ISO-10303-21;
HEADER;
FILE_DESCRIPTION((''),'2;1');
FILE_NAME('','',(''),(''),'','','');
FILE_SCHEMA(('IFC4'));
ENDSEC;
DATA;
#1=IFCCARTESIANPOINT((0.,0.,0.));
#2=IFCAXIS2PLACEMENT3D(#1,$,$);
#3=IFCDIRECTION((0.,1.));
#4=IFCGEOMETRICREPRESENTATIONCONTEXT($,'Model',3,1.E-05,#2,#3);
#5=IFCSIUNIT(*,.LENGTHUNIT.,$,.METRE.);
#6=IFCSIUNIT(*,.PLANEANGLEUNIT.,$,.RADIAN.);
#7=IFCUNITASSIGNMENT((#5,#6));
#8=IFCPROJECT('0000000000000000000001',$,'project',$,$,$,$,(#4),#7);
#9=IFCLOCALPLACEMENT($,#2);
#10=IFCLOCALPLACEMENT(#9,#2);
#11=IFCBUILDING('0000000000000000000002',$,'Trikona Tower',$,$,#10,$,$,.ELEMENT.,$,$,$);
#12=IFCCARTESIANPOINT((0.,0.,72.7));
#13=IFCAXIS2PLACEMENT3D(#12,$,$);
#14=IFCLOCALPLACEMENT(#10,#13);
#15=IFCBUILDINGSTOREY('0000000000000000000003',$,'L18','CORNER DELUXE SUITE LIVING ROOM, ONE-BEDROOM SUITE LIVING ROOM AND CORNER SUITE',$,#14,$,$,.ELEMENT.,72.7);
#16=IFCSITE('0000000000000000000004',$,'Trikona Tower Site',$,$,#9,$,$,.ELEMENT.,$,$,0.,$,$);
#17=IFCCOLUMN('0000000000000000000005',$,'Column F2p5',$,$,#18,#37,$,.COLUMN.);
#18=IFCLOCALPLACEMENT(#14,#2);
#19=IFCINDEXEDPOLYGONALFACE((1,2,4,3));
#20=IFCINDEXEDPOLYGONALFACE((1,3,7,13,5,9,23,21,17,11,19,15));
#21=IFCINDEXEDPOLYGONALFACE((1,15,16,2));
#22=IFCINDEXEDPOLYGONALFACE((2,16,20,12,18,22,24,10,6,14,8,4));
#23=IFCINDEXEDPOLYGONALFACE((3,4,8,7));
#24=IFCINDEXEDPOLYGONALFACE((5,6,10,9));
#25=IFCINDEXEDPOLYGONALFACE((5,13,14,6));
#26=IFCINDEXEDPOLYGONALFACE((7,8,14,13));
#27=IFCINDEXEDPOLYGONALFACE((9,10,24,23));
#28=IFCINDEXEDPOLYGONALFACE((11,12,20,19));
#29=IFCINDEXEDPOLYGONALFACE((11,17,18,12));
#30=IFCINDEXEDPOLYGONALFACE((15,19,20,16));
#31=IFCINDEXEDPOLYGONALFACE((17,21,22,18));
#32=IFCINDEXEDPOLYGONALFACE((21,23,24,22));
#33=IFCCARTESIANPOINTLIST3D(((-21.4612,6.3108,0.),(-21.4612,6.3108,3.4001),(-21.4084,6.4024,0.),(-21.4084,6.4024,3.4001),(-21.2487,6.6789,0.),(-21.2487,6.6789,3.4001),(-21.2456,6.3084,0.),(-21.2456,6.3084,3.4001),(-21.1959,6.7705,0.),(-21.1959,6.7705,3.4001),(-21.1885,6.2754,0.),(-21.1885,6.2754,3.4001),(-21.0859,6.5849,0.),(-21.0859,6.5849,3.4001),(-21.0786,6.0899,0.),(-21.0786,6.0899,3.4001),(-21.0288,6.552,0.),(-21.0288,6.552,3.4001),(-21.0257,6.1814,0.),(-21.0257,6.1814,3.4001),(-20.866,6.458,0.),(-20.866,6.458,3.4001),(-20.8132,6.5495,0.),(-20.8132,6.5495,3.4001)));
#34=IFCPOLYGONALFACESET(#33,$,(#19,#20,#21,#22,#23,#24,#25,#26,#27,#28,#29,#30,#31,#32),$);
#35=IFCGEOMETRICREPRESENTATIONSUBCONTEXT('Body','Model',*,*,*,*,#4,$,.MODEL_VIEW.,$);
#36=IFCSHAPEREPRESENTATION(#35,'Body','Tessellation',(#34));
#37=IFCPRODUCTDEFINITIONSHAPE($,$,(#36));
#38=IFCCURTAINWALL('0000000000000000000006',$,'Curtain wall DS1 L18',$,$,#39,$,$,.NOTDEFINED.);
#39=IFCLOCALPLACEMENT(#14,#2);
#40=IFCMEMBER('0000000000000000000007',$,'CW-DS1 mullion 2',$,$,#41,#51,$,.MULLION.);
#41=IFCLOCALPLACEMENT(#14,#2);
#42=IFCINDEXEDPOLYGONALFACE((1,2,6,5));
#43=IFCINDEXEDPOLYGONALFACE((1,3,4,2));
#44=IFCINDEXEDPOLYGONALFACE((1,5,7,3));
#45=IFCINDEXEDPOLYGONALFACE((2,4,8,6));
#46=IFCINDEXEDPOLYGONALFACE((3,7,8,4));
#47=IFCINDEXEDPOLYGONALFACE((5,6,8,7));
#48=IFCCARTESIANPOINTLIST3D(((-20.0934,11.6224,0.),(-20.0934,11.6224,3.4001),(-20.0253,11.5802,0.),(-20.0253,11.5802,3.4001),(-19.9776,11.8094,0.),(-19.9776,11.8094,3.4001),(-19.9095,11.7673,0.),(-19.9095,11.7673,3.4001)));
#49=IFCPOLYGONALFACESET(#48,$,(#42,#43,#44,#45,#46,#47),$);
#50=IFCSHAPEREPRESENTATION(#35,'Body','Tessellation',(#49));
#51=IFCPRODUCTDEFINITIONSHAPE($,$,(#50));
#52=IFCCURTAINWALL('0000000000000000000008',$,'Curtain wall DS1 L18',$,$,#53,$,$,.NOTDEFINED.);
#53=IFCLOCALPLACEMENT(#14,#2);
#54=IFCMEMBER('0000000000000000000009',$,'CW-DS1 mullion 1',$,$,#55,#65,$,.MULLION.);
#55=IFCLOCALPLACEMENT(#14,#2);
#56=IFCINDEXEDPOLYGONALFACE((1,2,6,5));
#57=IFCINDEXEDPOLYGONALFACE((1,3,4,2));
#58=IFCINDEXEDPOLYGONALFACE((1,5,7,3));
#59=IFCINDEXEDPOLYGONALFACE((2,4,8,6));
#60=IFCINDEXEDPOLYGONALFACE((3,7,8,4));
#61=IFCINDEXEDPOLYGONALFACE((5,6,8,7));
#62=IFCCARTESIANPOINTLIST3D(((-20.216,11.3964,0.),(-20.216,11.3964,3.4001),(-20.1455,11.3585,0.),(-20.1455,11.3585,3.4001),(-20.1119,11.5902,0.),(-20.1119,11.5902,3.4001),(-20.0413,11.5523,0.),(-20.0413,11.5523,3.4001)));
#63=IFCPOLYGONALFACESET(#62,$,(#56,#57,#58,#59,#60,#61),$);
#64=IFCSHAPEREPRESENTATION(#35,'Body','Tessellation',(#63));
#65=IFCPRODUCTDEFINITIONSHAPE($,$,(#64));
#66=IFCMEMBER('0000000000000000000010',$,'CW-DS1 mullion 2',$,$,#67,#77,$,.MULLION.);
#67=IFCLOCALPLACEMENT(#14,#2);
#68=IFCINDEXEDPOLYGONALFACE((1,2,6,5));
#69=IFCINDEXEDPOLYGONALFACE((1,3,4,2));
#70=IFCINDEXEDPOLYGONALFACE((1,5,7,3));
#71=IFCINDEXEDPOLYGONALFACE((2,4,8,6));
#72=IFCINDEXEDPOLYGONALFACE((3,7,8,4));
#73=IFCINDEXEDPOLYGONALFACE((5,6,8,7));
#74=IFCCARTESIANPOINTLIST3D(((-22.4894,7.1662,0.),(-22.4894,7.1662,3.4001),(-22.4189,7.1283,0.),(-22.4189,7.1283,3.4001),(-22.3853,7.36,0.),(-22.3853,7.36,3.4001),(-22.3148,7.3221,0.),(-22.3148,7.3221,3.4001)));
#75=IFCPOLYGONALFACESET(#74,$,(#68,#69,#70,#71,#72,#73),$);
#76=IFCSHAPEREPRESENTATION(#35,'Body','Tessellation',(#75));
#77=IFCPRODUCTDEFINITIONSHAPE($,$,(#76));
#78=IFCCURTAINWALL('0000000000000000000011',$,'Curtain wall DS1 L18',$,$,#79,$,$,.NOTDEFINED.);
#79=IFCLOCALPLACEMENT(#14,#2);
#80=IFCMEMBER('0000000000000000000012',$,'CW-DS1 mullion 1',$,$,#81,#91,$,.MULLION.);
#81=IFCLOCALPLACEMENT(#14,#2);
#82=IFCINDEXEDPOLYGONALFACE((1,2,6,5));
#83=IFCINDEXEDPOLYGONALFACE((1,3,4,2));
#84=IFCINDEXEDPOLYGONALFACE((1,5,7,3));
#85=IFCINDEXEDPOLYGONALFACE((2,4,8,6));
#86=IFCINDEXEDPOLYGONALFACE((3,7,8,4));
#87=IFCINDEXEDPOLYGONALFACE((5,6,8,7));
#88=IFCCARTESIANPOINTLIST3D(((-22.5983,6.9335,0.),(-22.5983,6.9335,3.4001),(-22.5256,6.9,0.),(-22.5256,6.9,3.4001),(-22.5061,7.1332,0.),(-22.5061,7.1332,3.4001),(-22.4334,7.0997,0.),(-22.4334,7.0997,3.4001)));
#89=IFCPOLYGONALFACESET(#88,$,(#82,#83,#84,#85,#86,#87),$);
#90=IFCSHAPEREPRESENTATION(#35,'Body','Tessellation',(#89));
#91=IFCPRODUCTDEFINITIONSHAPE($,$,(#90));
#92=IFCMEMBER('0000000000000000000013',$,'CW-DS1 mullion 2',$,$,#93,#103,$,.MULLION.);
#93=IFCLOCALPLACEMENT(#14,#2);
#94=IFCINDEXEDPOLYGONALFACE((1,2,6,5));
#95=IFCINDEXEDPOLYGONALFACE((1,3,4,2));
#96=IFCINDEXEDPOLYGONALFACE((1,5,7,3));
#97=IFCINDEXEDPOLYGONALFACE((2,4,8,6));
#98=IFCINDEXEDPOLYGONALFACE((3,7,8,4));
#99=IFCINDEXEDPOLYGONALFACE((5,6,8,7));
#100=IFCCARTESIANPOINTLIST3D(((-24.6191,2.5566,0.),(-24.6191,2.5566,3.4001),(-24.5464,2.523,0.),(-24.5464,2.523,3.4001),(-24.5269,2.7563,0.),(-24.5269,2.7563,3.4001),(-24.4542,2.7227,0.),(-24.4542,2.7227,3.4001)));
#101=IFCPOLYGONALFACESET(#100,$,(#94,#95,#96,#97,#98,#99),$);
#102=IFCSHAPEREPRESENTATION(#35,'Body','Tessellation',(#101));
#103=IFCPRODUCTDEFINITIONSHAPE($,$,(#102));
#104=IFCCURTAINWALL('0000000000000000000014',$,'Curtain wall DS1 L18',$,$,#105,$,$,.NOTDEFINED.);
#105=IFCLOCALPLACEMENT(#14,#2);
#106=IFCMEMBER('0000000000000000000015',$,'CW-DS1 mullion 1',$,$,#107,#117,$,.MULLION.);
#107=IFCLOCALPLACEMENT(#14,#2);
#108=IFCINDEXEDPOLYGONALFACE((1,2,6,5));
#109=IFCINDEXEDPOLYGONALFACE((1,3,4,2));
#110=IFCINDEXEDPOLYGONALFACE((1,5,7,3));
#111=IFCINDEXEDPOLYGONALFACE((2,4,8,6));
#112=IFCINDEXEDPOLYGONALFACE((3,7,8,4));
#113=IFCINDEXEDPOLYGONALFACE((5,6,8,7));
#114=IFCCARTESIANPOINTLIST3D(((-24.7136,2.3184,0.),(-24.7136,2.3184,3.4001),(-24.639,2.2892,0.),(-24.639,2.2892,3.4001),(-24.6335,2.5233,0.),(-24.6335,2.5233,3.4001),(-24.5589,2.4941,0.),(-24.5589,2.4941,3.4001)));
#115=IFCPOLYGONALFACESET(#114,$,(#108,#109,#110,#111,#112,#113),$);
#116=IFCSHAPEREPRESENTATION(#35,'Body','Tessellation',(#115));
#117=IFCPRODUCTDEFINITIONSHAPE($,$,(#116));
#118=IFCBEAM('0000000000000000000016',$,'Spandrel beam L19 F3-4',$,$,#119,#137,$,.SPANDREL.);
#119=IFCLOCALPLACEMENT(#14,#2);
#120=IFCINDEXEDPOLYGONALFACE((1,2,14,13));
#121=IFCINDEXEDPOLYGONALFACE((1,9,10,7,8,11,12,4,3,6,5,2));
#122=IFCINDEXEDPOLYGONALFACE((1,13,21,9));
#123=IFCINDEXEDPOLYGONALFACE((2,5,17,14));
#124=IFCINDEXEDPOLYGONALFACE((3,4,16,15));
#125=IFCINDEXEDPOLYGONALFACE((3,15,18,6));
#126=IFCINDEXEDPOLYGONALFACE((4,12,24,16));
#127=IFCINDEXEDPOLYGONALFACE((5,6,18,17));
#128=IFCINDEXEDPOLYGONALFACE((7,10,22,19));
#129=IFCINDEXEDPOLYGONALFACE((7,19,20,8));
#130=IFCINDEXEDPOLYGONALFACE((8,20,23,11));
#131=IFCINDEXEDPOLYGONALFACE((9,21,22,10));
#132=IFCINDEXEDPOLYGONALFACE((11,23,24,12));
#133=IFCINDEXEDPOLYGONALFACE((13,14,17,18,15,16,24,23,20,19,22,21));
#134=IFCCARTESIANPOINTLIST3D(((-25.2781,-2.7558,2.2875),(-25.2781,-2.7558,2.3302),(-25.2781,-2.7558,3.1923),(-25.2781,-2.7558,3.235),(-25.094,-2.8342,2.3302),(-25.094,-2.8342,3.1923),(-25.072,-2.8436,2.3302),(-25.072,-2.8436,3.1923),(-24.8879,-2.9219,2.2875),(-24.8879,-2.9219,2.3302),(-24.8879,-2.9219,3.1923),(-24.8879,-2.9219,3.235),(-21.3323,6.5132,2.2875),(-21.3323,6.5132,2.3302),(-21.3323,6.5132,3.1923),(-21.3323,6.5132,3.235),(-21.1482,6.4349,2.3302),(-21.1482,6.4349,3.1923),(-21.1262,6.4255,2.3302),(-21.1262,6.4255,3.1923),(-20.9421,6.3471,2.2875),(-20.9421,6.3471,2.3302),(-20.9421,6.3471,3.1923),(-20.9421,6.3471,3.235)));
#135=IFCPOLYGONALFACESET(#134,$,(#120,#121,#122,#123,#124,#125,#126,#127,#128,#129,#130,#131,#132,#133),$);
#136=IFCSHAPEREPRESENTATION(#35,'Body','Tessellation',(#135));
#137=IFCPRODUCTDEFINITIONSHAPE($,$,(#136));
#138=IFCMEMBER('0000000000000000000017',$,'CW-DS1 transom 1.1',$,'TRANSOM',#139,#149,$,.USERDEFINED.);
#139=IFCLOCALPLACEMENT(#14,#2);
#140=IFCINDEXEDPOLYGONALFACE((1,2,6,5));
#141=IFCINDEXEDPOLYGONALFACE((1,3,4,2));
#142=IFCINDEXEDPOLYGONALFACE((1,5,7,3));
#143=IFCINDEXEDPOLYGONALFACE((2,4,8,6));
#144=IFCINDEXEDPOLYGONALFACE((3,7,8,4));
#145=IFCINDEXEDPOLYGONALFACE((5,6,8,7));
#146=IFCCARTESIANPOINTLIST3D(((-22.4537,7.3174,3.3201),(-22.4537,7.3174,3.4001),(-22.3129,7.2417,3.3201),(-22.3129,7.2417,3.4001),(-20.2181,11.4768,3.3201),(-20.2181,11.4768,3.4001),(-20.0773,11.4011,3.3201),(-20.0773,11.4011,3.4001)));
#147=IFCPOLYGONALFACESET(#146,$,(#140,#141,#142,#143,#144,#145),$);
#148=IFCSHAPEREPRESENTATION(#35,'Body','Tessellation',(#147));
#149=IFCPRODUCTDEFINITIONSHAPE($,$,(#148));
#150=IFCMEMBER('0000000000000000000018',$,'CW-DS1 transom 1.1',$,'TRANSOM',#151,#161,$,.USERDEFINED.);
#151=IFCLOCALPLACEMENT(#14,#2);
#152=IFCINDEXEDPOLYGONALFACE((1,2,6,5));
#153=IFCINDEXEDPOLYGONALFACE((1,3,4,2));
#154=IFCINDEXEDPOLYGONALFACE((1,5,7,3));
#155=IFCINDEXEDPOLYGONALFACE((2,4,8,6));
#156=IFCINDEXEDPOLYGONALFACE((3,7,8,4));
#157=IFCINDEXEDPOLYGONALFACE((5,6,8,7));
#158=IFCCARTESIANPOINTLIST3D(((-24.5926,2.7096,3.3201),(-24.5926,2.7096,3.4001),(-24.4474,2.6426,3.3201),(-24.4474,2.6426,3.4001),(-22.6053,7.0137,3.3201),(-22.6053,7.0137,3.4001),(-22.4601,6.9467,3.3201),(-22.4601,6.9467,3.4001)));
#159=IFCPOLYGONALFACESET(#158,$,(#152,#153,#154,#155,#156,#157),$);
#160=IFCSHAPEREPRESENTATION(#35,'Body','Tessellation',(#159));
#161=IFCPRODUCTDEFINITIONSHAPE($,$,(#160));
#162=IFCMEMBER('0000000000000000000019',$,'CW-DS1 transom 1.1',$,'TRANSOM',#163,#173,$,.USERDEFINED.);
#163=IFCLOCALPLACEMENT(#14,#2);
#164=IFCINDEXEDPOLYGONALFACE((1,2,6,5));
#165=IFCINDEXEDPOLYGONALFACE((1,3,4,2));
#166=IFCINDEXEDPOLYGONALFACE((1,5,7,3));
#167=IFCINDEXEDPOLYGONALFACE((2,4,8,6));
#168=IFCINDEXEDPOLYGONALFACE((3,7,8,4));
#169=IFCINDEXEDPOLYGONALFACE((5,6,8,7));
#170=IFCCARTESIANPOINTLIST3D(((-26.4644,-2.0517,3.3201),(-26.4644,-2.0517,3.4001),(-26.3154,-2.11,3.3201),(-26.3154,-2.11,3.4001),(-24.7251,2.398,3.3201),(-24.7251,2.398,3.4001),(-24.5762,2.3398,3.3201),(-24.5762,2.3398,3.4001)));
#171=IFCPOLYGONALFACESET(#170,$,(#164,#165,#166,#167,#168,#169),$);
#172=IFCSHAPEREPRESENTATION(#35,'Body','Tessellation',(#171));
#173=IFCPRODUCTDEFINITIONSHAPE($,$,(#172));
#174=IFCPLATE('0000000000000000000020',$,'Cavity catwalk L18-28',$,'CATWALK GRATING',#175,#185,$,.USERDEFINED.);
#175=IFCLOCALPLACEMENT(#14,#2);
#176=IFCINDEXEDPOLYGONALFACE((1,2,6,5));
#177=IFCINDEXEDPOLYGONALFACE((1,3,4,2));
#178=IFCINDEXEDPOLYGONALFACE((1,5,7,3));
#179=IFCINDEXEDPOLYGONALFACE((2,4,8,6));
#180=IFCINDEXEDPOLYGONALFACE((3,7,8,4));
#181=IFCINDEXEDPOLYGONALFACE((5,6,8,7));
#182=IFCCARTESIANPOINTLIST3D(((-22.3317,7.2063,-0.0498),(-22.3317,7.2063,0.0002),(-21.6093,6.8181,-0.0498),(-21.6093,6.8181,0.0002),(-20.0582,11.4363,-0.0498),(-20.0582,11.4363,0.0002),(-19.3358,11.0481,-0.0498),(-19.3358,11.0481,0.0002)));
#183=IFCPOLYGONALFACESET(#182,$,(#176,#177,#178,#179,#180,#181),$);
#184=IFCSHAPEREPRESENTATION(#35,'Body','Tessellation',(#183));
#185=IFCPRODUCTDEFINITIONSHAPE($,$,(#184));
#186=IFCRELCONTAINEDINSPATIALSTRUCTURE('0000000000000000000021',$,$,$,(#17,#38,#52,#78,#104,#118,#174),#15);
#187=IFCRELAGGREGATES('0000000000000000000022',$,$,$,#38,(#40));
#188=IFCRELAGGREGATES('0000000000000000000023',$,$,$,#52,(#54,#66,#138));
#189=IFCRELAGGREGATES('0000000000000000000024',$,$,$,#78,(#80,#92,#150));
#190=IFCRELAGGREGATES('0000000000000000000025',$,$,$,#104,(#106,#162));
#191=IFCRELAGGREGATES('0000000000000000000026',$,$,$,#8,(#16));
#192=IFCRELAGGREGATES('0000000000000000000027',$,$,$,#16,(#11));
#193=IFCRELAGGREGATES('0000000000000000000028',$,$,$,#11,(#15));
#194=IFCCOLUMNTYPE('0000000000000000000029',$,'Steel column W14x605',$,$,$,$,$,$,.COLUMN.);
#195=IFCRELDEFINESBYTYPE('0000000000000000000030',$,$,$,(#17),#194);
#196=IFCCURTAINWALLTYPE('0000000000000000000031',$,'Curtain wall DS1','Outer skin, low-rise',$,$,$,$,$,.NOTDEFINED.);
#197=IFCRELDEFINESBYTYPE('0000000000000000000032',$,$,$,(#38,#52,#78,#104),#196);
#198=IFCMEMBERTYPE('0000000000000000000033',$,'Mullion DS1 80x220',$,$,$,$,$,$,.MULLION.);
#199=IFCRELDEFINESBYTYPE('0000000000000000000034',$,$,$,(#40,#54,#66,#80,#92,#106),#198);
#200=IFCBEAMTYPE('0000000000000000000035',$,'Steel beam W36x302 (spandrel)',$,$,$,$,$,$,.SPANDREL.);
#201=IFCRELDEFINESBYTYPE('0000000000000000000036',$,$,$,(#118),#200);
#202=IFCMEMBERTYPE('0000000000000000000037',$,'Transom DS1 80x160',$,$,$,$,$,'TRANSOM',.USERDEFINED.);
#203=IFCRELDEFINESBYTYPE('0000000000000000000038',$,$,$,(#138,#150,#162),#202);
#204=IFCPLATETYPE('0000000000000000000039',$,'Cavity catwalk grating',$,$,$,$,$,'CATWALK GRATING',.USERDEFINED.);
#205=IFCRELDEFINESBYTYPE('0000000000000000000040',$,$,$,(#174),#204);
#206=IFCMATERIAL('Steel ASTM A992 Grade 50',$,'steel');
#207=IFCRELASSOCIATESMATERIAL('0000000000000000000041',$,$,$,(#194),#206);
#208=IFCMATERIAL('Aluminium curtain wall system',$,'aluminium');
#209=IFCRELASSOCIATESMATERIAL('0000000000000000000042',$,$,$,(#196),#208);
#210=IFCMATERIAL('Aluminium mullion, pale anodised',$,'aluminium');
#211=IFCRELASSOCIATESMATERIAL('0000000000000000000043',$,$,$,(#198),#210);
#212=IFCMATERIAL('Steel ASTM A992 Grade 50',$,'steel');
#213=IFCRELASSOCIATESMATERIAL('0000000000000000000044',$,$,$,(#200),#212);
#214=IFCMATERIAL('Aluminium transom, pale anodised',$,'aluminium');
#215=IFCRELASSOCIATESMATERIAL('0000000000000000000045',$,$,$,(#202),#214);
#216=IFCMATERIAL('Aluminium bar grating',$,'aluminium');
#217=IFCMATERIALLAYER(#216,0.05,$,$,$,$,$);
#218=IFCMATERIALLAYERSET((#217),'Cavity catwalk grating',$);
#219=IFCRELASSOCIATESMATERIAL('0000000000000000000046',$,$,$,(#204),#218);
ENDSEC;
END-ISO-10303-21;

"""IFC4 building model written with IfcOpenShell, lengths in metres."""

from ifc_helpers import new_model, si_unit, direction, frame, origin, origin_2d, place, context, subcontext, project, spatial, rectangle, i_section, extrude, material, layer, layer_set, material_profile, profile_set, type_object, element, aggregate, save


model = new_model("IFC4")

# Units and contexts
model_context = context("Model", 3, precision=1e-05, world=origin(), true_north=direction((0.0, 1.0)))
body_context = subcontext(model_context, "Body", "Model", "MODEL_VIEW")
ifc_project = project(units=[si_unit("LENGTHUNIT", "METRE"), si_unit("PLANEANGLEUNIT", "RADIAN")], contexts=[model_context])

# Site, building, storey
site_placement = place(None, origin())
site = spatial("IfcSite", under=ifc_project, at=site_placement, Name="Trikona Tower Site", CompositionType="ELEMENT", RefElevation=0.0)
building_placement = place(site_placement, origin())
building = spatial("IfcBuilding", under=site, at=building_placement, Name="Trikona Tower", CompositionType="ELEMENT")
storey_placement = place(building_placement, frame((0.0, 0.0, 72.7)))
storey = spatial("IfcBuildingStorey", under=building, at=storey_placement, Name="L18", Description="CORNER DELUXE SUITE LIVING ROOM, ONE-BEDROOM SUITE LIVING ROOM AND CORNER SUITE", CompositionType="ELEMENT", Elevation=72.7)

# Column
ifc_material_1 = material(Name="Steel ASTM A992 Grade 50", Category="steel")
ifc_material_profile_1 = material_profile(ifc_material_1, i_section(OverallWidth=0.4419, OverallDepth=0.5308, WebThickness=0.0659, FlangeThickness=0.1057, at=origin_2d()), Name="W14X605")
ifc_profile_set_1 = profile_set([ifc_material_profile_1], Name="Steel ASTM A992 Grade 50")
column_type = type_object("IfcColumnType", Name="Steel column W14x605", PredefinedType="COLUMN", material=ifc_profile_set_1)
column_placement = place(storey_placement, frame((-21.1372, 6.4302, 0.0), z_axis=(0.0, 0.0, 1.0), x_axis=(-0.866025, 0.5, 0.0)))
element("IfcColumn", 1, at=column_placement, inside=storey, type_object=column_type, Name="Column F2p5", PredefinedType="COLUMN", context=body_context, shape_type="SweptSolid", body=[
    extrude(i_section(OverallWidth=0.4419, OverallDepth=0.5308, WebThickness=0.0659, FlangeThickness=0.1057, at=origin_2d()), origin(), (0.0, 0.0, 1.0), 3.4001),
])

# Curtain wall, member
ifc_material_2 = material(Name="Aluminium curtain wall system", Category="aluminium")
curtain_wall_type = type_object("IfcCurtainWallType", Name="Curtain wall DS1", Description="Outer skin, low-rise", PredefinedType="NOTDEFINED", material=ifc_material_2)
curtain_wall_1_placement = place(storey_placement, origin())
curtain_wall_1 = element("IfcCurtainWall", 2, at=curtain_wall_1_placement, inside=storey, type_object=curtain_wall_type, Name="Curtain wall DS1 L18", PredefinedType="NOTDEFINED")
ifc_material_3 = material(Name="Aluminium mullion, pale anodised", Category="aluminium")
ifc_material_profile_2 = material_profile(ifc_material_3, rectangle(XDim=0.0801, YDim=0.22, at=origin_2d()), Name="MUL-DS1")
ifc_profile_set_2 = profile_set([ifc_material_profile_2], Name="Aluminium mullion, pale anodised")
member_type_1 = type_object("IfcMemberType", Name="Mullion DS1 80x220", PredefinedType="MULLION", material=ifc_profile_set_2)
member_1_placement = place(storey_placement, frame((-20.0015, 11.6948, 0.0), z_axis=(0.0, 0.0, 1.0), x_axis=(0.85041, -0.52612, 0.0)))
member_1 = element("IfcMember", 3, at=member_1_placement, type_object=member_type_1, Name="CW-DS1 mullion 2", PredefinedType="MULLION", context=body_context, shape_type="SweptSolid", body=[
    extrude(rectangle(XDim=0.0801, YDim=0.22, at=origin_2d()), origin(), (0.0, 0.0, 1.0), 3.4001),
])
aggregate(curtain_wall_1, [member_1])

# Curtain walls, members
curtain_wall_2_placement = place(storey_placement, origin())
curtain_wall_2 = element("IfcCurtainWall", 4, at=curtain_wall_2_placement, inside=storey, type_object=curtain_wall_type, Name="Curtain wall DS1 L18", PredefinedType="NOTDEFINED")
member_2_placement = place(storey_placement, frame((-20.1287, 11.4744, 0.0), z_axis=(0.0, 0.0, 1.0), x_axis=(0.880843, -0.473408, 0.0)))
member_2 = element("IfcMember", 5, at=member_2_placement, type_object=member_type_1, Name="CW-DS1 mullion 1", PredefinedType="MULLION", context=body_context, shape_type="SweptSolid", body=[
    extrude(rectangle(XDim=0.0801, YDim=0.22, at=origin_2d()), origin(), (0.0, 0.0, 1.0), 3.4001),
])
member_3_placement = place(storey_placement, frame((-22.4021, 7.2441, 0.0), z_axis=(0.0, 0.0, 1.0), x_axis=(0.880843, -0.473408, 0.0)))
member_3 = element("IfcMember", 6, at=member_3_placement, type_object=member_type_1, Name="CW-DS1 mullion 2", PredefinedType="MULLION", context=body_context, shape_type="SweptSolid", body=[
    extrude(rectangle(XDim=0.0801, YDim=0.22, at=origin_2d()), origin(), (0.0, 0.0, 1.0), 3.4001),
])
curtain_wall_3_placement = place(storey_placement, origin())
curtain_wall_3 = element("IfcCurtainWall", 7, at=curtain_wall_3_placement, inside=storey, type_object=curtain_wall_type, Name="Curtain wall DS1 L18", PredefinedType="NOTDEFINED")
member_4_placement = place(storey_placement, frame((-22.5159, 7.0166, 0.0), z_axis=(0.0, 0.0, 1.0), x_axis=(0.907898, -0.41919, 0.0)))
member_4 = element("IfcMember", 8, at=member_4_placement, type_object=member_type_1, Name="CW-DS1 mullion 1", PredefinedType="MULLION", context=body_context, shape_type="SweptSolid", body=[
    extrude(rectangle(XDim=0.0801, YDim=0.22, at=origin_2d()), origin(), (0.0, 0.0, 1.0), 3.4001),
])
member_5_placement = place(storey_placement, frame((-24.5366, 2.6396, 0.0), z_axis=(0.0, 0.0, 1.0), x_axis=(0.907898, -0.41919, 0.0)))
member_5 = element("IfcMember", 9, at=member_5_placement, type_object=member_type_1, Name="CW-DS1 mullion 2", PredefinedType="MULLION", context=body_context, shape_type="SweptSolid", body=[
    extrude(rectangle(XDim=0.0801, YDim=0.22, at=origin_2d()), origin(), (0.0, 0.0, 1.0), 3.4001),
])

# Curtain wall, member
curtain_wall_4_placement = place(storey_placement, origin())
curtain_wall_4 = element("IfcCurtainWall", 10, at=curtain_wall_4_placement, inside=storey, type_object=curtain_wall_type, Name="Curtain wall DS1 L18", PredefinedType="NOTDEFINED")
member_6_placement = place(storey_placement, frame((-24.6362, 2.4062, 0.0), z_axis=(0.0, 0.0, 1.0), x_axis=(0.931396, -0.364008, 0.0)))
member_6 = element("IfcMember", 11, at=member_6_placement, type_object=member_type_1, Name="CW-DS1 mullion 1", PredefinedType="MULLION", context=body_context, shape_type="SweptSolid", body=[
    extrude(rectangle(XDim=0.0801, YDim=0.22, at=origin_2d()), origin(), (0.0, 0.0, 1.0), 3.4001),
])

# Beam
ifc_material_4 = material(Name="Steel ASTM A992 Grade 50", Category="steel")
ifc_material_profile_3 = material_profile(ifc_material_4, i_section(OverallWidth=0.4241, OverallDepth=0.9475, WebThickness=0.0239, FlangeThickness=0.0427, at=origin_2d()), Name="W36X302")
ifc_profile_set_3 = profile_set([ifc_material_profile_3], Name="Steel ASTM A992 Grade 50")
beam_type = type_object("IfcBeamType", Name="Steel beam W36x302 (spandrel)", PredefinedType="SPANDREL", material=ifc_profile_set_3)
beam_placement = place(storey_placement, frame((-21.1372, 6.4302, 2.7612), z_axis=(-0.391684, -0.9201, 0.0), x_axis=(0.9201, -0.391684, 0.0)))
element("IfcBeam", 12, at=beam_placement, inside=storey, type_object=beam_type, Name="Spandrel beam L19 F3-4", PredefinedType="SPANDREL", context=body_context, shape_type="SweptSolid", body=[
    extrude(i_section(OverallWidth=0.4241, OverallDepth=0.9475, WebThickness=0.0239, FlangeThickness=0.0427, at=origin_2d()), origin(), (0.0, 0.0, 1.0), 10.074),
])

# Members
ifc_material_5 = material(Name="Aluminium transom, pale anodised", Category="aluminium")
ifc_material_profile_4 = material_profile(ifc_material_5, rectangle(XDim=0.1599, YDim=0.0801, at=origin_2d()), Name="TRN-DS1")
ifc_profile_set_4 = profile_set([ifc_material_profile_4], Name="Aluminium transom, pale anodised")
member_type_2 = type_object("IfcMemberType", Name="Transom DS1 80x160", ElementType="TRANSOM", PredefinedType="USERDEFINED", material=ifc_profile_set_4)
member_7_placement = place(storey_placement, frame((-20.1477, 11.439, 3.3601), z_axis=(-0.473428, -0.880833, 0.0), x_axis=(0.880833, -0.473428, 0.0)))
member_7 = element("IfcMember", 13, at=member_7_placement, type_object=member_type_2, Name="CW-DS1 transom 1.1", ObjectType="TRANSOM", PredefinedType="USERDEFINED", context=body_context, shape_type="SweptSolid", body=[
    extrude(rectangle(XDim=0.1599, YDim=0.0801, at=origin_2d()), origin(), (0.0, 0.0, 1.0), 4.7222),
])
member_8_placement = place(storey_placement, frame((-22.5327, 6.9802, 3.3601), z_axis=(-0.419189, -0.907899, 0.0), x_axis=(0.907899, -0.419189, 0.0)))
member_8 = element("IfcMember", 14, at=member_8_placement, type_object=member_type_2, Name="CW-DS1 transom 1.1", ObjectType="TRANSOM", PredefinedType="USERDEFINED", context=body_context, shape_type="SweptSolid", body=[
    extrude(rectangle(XDim=0.1599, YDim=0.0801, at=origin_2d()), origin(), (0.0, 0.0, 1.0), 4.7407),
])
member_9_placement = place(storey_placement, frame((-24.6506, 2.3689, 3.3601), z_axis=(-0.364049, -0.93138, 0.0), x_axis=(0.93138, -0.364049, 0.0)))
member_9 = element("IfcMember", 15, at=member_9_placement, type_object=member_type_2, Name="CW-DS1 transom 1.1", ObjectType="TRANSOM", PredefinedType="USERDEFINED", context=body_context, shape_type="SweptSolid", body=[
    extrude(rectangle(XDim=0.1599, YDim=0.0801, at=origin_2d()), origin(), (0.0, 0.0, 1.0), 4.7776),
])

# Plate
ifc_material_6 = material(Name="Aluminium bar grating", Category="aluminium")
ifc_layer_1 = layer(ifc_material_6, 0.05)
ifc_layer_set_1 = layer_set([ifc_layer_1], Name="Cavity catwalk grating")
plate_type_1 = type_object("IfcPlateType", Name="Cavity catwalk grating", ElementType="CATWALK GRATING", PredefinedType="USERDEFINED", material=ifc_layer_set_1)
plate_1_placement = place(storey_placement, frame((-20.8337, 9.1272, -0.0498), z_axis=(0.0, 0.0, 1.0), x_axis=(-0.473423, -0.880835, 0.0)))
element("IfcPlate", 16, at=plate_1_placement, inside=storey, type_object=plate_type_1, Name="Cavity catwalk L18-28", ObjectType="CATWALK GRATING", PredefinedType="USERDEFINED", context=body_context, shape_type="SweptSolid", body=[
    extrude(rectangle(XDim=4.8022, YDim=0.8201, at=origin_2d()), origin(), (0.0, 0.0, 1.0), 0.05),
])

aggregate(curtain_wall_2, [member_2, member_3, member_7])
aggregate(curtain_wall_3, [member_4, member_5, member_8])
aggregate(curtain_wall_4, [member_6, member_9])

save(model, "model.ifc")
